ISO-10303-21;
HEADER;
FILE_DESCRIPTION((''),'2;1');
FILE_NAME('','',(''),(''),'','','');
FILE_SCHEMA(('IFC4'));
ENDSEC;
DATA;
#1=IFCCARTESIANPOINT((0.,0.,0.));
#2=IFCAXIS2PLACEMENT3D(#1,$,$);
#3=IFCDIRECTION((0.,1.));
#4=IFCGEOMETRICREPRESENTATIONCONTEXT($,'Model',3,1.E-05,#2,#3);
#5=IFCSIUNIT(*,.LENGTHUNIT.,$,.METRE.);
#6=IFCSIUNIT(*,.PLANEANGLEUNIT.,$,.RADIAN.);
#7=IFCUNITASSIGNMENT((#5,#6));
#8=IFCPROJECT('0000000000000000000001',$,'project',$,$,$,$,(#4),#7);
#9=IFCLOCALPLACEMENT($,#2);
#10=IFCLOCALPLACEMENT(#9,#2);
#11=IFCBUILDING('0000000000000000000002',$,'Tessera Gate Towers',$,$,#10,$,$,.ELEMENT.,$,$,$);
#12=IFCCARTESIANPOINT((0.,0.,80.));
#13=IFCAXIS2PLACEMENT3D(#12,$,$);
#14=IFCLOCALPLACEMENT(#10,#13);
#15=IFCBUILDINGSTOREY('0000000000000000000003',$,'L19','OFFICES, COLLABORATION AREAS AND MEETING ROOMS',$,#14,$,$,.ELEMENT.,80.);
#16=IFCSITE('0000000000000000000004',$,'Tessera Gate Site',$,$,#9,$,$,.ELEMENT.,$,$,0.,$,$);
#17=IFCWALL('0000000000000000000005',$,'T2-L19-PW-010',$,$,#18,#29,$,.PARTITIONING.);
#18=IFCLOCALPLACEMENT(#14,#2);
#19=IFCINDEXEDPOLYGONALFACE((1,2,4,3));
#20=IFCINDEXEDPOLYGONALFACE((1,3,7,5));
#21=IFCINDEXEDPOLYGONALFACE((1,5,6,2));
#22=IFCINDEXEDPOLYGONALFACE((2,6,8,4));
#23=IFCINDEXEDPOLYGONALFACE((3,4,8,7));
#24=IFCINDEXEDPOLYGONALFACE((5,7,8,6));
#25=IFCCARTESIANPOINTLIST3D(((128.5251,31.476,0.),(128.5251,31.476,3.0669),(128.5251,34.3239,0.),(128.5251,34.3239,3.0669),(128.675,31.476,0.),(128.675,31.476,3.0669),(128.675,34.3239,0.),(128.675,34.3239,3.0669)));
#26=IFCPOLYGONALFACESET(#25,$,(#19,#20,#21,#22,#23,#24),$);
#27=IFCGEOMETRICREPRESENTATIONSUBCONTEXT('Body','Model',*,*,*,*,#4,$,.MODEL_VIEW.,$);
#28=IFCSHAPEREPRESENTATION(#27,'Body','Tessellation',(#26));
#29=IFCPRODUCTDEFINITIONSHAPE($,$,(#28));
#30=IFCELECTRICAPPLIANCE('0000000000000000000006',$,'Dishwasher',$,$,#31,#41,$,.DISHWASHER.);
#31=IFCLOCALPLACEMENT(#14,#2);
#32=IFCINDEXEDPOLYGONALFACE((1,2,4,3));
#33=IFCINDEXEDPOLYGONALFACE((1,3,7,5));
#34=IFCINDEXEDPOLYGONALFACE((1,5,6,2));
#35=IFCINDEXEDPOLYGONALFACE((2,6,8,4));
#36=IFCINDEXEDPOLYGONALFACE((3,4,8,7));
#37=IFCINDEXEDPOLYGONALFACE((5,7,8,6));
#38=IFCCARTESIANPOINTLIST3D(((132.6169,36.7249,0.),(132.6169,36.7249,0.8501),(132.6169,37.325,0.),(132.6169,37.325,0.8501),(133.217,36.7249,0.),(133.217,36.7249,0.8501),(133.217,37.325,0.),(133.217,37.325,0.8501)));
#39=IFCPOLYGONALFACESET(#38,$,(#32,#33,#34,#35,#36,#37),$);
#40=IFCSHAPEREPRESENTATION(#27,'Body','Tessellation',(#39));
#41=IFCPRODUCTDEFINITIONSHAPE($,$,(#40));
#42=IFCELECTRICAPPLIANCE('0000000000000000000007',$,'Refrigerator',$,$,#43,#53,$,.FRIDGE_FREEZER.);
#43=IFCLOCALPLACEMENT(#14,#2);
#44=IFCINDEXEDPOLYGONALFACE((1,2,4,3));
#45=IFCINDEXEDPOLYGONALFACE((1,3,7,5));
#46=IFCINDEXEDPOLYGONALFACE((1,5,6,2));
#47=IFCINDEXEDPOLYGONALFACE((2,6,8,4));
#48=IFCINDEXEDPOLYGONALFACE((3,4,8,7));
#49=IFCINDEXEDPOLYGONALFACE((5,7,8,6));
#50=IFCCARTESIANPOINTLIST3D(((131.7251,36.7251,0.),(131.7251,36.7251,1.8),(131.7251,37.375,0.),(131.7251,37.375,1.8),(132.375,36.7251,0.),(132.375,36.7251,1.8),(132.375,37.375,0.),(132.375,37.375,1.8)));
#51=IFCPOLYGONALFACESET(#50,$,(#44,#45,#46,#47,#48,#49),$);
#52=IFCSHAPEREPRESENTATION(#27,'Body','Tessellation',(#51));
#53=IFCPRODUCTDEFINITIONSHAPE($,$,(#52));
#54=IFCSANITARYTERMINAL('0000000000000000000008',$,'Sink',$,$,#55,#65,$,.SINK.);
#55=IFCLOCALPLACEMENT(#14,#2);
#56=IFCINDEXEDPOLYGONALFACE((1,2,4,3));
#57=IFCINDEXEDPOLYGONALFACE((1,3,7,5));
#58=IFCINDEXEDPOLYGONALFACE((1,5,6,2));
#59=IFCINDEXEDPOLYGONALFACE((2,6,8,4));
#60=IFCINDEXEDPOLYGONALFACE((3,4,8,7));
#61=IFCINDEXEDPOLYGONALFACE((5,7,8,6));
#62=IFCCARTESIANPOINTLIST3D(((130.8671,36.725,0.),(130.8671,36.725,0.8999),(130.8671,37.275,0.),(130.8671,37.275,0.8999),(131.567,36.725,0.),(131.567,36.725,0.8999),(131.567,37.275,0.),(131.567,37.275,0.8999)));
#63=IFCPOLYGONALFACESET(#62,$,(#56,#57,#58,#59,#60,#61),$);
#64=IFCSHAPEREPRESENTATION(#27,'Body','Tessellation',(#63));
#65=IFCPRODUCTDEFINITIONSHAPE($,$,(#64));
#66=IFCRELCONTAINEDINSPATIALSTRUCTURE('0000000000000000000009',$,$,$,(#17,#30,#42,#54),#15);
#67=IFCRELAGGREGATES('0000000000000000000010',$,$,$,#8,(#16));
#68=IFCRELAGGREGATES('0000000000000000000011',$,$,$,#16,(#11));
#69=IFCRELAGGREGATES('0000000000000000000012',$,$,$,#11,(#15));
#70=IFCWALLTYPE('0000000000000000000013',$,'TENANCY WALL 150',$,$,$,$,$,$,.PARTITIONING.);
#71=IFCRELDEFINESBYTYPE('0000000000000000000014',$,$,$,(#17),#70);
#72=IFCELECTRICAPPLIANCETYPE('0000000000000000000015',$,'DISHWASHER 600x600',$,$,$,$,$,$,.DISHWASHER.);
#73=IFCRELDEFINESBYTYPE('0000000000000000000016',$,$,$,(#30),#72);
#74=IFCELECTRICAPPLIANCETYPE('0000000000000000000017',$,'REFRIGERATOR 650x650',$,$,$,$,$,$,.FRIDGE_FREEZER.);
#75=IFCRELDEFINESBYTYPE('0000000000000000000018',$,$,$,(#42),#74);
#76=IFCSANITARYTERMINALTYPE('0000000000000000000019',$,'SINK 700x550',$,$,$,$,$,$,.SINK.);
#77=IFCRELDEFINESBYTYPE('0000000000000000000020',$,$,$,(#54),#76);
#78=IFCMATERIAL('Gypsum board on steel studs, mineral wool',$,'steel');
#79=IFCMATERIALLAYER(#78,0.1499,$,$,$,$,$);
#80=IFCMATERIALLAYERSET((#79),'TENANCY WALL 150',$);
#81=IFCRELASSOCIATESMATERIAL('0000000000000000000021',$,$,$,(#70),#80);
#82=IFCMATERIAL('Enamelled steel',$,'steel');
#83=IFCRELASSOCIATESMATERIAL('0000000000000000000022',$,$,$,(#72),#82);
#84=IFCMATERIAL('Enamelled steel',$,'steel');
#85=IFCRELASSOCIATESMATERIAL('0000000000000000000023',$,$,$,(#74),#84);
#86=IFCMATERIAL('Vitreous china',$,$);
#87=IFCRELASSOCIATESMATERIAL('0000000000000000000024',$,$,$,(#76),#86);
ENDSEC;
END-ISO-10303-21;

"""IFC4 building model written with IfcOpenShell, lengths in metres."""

from ifc_helpers import new_model, si_unit, direction, frame, frame_2d, origin, origin_2d, place, context, subcontext, project, spatial, rectangle, extrude, material, layer, layer_set, type_object, element, save


model = new_model("IFC4")

# Units and contexts
model_context = context("Model", 3, precision=1e-05, world=origin(), true_north=direction((0.0, 1.0)))
body_context = subcontext(model_context, "Body", "Model", "MODEL_VIEW")
ifc_project = project(units=[si_unit("LENGTHUNIT", "METRE"), si_unit("PLANEANGLEUNIT", "RADIAN")], contexts=[model_context])

# Site, building, storey
site_placement = place(None, origin())
site = spatial("IfcSite", under=ifc_project, at=site_placement, Name="Tessera Gate Site", CompositionType="ELEMENT", RefElevation=0.0)
building_placement = place(site_placement, origin())
building = spatial("IfcBuilding", under=site, at=building_placement, Name="Tessera Gate Towers", CompositionType="ELEMENT")
storey_placement = place(building_placement, frame((0.0, 0.0, 80.0)))
storey = spatial("IfcBuildingStorey", under=building, at=storey_placement, Name="L19", Description="OFFICES, COLLABORATION AREAS AND MEETING ROOMS", CompositionType="ELEMENT", Elevation=80.0)

# Shared definitions
ifc_material_1 = material(Name="Gypsum board on steel studs, mineral wool", Category="steel")
ifc_layer_1 = layer(ifc_material_1, 0.1499)
ifc_layer_set_1 = layer_set([ifc_layer_1], Name="TENANCY WALL 150")
wall_type_1 = type_object("IfcWallType", Name="TENANCY WALL 150", PredefinedType="PARTITIONING", material=ifc_layer_set_1)

# Wall
wall_1_placement = place(storey_placement, frame((128.6001, 31.4761, 0.0), z_axis=(0.0, 0.0, 1.0), x_axis=(0.0, 1.0, 0.0)))
element("IfcWall", 1, at=wall_1_placement, inside=storey, type_object=wall_type_1, Name="T2-L19-PW-010", PredefinedType="PARTITIONING", context=body_context, shape_type="SweptSolid", body=[
    extrude(rectangle(XDim=2.8479, YDim=0.1499, at=frame_2d((1.4238, 0.0))), origin(), (0.0, 0.0, 1.0), 3.0669),
])

# Electric appliances
ifc_material_2 = material(Name="Enamelled steel", Category="steel")
electric_appliance_type_1 = type_object("IfcElectricApplianceType", Name="DISHWASHER 600x600", PredefinedType="DISHWASHER", material=ifc_material_2)
electric_appliance_1_placement = place(storey_placement, frame((132.917, 37.0249, 0.0), z_axis=(0.0, 0.0, 1.0), x_axis=(1.0, 0.0, 0.0)))
element("IfcElectricAppliance", 2, at=electric_appliance_1_placement, inside=storey, type_object=electric_appliance_type_1, Name="Dishwasher", PredefinedType="DISHWASHER", context=body_context, shape_type="SweptSolid", body=[
    extrude(rectangle(XDim=0.6001, YDim=0.6001, at=origin_2d()), origin(), (0.0, 0.0, 1.0), 0.8501),
])
ifc_material_3 = material(Name="Enamelled steel", Category="steel")
electric_appliance_type_2 = type_object("IfcElectricApplianceType", Name="REFRIGERATOR 650x650", PredefinedType="FRIDGE_FREEZER", material=ifc_material_3)
electric_appliance_2_placement = place(storey_placement, frame((132.05, 37.05, 0.0), z_axis=(0.0, 0.0, 1.0), x_axis=(1.0, 0.0, 0.0)))
element("IfcElectricAppliance", 3, at=electric_appliance_2_placement, inside=storey, type_object=electric_appliance_type_2, Name="Refrigerator", PredefinedType="FRIDGE_FREEZER", context=body_context, shape_type="SweptSolid", body=[
    extrude(rectangle(XDim=0.6499, YDim=0.6499, at=origin_2d()), origin(), (0.0, 0.0, 1.0), 1.8),
])

# Sanitary terminal
ifc_material_4 = material(Name="Vitreous china")
sanitary_terminal_type = type_object("IfcSanitaryTerminalType", Name="SINK 700x550", PredefinedType="SINK", material=ifc_material_4)
sanitary_terminal_placement = place(storey_placement, frame((131.217, 37.0, 0.0), z_axis=(0.0, 0.0, 1.0), x_axis=(1.0, 0.0, 0.0)))
element("IfcSanitaryTerminal", 4, at=sanitary_terminal_placement, inside=storey, type_object=sanitary_terminal_type, Name="Sink", PredefinedType="SINK", context=body_context, shape_type="SweptSolid", body=[
    extrude(rectangle(XDim=0.7, YDim=0.55, at=origin_2d()), origin(), (0.0, 0.0, 1.0), 0.8999),
])

save(model, "model.ifc")
